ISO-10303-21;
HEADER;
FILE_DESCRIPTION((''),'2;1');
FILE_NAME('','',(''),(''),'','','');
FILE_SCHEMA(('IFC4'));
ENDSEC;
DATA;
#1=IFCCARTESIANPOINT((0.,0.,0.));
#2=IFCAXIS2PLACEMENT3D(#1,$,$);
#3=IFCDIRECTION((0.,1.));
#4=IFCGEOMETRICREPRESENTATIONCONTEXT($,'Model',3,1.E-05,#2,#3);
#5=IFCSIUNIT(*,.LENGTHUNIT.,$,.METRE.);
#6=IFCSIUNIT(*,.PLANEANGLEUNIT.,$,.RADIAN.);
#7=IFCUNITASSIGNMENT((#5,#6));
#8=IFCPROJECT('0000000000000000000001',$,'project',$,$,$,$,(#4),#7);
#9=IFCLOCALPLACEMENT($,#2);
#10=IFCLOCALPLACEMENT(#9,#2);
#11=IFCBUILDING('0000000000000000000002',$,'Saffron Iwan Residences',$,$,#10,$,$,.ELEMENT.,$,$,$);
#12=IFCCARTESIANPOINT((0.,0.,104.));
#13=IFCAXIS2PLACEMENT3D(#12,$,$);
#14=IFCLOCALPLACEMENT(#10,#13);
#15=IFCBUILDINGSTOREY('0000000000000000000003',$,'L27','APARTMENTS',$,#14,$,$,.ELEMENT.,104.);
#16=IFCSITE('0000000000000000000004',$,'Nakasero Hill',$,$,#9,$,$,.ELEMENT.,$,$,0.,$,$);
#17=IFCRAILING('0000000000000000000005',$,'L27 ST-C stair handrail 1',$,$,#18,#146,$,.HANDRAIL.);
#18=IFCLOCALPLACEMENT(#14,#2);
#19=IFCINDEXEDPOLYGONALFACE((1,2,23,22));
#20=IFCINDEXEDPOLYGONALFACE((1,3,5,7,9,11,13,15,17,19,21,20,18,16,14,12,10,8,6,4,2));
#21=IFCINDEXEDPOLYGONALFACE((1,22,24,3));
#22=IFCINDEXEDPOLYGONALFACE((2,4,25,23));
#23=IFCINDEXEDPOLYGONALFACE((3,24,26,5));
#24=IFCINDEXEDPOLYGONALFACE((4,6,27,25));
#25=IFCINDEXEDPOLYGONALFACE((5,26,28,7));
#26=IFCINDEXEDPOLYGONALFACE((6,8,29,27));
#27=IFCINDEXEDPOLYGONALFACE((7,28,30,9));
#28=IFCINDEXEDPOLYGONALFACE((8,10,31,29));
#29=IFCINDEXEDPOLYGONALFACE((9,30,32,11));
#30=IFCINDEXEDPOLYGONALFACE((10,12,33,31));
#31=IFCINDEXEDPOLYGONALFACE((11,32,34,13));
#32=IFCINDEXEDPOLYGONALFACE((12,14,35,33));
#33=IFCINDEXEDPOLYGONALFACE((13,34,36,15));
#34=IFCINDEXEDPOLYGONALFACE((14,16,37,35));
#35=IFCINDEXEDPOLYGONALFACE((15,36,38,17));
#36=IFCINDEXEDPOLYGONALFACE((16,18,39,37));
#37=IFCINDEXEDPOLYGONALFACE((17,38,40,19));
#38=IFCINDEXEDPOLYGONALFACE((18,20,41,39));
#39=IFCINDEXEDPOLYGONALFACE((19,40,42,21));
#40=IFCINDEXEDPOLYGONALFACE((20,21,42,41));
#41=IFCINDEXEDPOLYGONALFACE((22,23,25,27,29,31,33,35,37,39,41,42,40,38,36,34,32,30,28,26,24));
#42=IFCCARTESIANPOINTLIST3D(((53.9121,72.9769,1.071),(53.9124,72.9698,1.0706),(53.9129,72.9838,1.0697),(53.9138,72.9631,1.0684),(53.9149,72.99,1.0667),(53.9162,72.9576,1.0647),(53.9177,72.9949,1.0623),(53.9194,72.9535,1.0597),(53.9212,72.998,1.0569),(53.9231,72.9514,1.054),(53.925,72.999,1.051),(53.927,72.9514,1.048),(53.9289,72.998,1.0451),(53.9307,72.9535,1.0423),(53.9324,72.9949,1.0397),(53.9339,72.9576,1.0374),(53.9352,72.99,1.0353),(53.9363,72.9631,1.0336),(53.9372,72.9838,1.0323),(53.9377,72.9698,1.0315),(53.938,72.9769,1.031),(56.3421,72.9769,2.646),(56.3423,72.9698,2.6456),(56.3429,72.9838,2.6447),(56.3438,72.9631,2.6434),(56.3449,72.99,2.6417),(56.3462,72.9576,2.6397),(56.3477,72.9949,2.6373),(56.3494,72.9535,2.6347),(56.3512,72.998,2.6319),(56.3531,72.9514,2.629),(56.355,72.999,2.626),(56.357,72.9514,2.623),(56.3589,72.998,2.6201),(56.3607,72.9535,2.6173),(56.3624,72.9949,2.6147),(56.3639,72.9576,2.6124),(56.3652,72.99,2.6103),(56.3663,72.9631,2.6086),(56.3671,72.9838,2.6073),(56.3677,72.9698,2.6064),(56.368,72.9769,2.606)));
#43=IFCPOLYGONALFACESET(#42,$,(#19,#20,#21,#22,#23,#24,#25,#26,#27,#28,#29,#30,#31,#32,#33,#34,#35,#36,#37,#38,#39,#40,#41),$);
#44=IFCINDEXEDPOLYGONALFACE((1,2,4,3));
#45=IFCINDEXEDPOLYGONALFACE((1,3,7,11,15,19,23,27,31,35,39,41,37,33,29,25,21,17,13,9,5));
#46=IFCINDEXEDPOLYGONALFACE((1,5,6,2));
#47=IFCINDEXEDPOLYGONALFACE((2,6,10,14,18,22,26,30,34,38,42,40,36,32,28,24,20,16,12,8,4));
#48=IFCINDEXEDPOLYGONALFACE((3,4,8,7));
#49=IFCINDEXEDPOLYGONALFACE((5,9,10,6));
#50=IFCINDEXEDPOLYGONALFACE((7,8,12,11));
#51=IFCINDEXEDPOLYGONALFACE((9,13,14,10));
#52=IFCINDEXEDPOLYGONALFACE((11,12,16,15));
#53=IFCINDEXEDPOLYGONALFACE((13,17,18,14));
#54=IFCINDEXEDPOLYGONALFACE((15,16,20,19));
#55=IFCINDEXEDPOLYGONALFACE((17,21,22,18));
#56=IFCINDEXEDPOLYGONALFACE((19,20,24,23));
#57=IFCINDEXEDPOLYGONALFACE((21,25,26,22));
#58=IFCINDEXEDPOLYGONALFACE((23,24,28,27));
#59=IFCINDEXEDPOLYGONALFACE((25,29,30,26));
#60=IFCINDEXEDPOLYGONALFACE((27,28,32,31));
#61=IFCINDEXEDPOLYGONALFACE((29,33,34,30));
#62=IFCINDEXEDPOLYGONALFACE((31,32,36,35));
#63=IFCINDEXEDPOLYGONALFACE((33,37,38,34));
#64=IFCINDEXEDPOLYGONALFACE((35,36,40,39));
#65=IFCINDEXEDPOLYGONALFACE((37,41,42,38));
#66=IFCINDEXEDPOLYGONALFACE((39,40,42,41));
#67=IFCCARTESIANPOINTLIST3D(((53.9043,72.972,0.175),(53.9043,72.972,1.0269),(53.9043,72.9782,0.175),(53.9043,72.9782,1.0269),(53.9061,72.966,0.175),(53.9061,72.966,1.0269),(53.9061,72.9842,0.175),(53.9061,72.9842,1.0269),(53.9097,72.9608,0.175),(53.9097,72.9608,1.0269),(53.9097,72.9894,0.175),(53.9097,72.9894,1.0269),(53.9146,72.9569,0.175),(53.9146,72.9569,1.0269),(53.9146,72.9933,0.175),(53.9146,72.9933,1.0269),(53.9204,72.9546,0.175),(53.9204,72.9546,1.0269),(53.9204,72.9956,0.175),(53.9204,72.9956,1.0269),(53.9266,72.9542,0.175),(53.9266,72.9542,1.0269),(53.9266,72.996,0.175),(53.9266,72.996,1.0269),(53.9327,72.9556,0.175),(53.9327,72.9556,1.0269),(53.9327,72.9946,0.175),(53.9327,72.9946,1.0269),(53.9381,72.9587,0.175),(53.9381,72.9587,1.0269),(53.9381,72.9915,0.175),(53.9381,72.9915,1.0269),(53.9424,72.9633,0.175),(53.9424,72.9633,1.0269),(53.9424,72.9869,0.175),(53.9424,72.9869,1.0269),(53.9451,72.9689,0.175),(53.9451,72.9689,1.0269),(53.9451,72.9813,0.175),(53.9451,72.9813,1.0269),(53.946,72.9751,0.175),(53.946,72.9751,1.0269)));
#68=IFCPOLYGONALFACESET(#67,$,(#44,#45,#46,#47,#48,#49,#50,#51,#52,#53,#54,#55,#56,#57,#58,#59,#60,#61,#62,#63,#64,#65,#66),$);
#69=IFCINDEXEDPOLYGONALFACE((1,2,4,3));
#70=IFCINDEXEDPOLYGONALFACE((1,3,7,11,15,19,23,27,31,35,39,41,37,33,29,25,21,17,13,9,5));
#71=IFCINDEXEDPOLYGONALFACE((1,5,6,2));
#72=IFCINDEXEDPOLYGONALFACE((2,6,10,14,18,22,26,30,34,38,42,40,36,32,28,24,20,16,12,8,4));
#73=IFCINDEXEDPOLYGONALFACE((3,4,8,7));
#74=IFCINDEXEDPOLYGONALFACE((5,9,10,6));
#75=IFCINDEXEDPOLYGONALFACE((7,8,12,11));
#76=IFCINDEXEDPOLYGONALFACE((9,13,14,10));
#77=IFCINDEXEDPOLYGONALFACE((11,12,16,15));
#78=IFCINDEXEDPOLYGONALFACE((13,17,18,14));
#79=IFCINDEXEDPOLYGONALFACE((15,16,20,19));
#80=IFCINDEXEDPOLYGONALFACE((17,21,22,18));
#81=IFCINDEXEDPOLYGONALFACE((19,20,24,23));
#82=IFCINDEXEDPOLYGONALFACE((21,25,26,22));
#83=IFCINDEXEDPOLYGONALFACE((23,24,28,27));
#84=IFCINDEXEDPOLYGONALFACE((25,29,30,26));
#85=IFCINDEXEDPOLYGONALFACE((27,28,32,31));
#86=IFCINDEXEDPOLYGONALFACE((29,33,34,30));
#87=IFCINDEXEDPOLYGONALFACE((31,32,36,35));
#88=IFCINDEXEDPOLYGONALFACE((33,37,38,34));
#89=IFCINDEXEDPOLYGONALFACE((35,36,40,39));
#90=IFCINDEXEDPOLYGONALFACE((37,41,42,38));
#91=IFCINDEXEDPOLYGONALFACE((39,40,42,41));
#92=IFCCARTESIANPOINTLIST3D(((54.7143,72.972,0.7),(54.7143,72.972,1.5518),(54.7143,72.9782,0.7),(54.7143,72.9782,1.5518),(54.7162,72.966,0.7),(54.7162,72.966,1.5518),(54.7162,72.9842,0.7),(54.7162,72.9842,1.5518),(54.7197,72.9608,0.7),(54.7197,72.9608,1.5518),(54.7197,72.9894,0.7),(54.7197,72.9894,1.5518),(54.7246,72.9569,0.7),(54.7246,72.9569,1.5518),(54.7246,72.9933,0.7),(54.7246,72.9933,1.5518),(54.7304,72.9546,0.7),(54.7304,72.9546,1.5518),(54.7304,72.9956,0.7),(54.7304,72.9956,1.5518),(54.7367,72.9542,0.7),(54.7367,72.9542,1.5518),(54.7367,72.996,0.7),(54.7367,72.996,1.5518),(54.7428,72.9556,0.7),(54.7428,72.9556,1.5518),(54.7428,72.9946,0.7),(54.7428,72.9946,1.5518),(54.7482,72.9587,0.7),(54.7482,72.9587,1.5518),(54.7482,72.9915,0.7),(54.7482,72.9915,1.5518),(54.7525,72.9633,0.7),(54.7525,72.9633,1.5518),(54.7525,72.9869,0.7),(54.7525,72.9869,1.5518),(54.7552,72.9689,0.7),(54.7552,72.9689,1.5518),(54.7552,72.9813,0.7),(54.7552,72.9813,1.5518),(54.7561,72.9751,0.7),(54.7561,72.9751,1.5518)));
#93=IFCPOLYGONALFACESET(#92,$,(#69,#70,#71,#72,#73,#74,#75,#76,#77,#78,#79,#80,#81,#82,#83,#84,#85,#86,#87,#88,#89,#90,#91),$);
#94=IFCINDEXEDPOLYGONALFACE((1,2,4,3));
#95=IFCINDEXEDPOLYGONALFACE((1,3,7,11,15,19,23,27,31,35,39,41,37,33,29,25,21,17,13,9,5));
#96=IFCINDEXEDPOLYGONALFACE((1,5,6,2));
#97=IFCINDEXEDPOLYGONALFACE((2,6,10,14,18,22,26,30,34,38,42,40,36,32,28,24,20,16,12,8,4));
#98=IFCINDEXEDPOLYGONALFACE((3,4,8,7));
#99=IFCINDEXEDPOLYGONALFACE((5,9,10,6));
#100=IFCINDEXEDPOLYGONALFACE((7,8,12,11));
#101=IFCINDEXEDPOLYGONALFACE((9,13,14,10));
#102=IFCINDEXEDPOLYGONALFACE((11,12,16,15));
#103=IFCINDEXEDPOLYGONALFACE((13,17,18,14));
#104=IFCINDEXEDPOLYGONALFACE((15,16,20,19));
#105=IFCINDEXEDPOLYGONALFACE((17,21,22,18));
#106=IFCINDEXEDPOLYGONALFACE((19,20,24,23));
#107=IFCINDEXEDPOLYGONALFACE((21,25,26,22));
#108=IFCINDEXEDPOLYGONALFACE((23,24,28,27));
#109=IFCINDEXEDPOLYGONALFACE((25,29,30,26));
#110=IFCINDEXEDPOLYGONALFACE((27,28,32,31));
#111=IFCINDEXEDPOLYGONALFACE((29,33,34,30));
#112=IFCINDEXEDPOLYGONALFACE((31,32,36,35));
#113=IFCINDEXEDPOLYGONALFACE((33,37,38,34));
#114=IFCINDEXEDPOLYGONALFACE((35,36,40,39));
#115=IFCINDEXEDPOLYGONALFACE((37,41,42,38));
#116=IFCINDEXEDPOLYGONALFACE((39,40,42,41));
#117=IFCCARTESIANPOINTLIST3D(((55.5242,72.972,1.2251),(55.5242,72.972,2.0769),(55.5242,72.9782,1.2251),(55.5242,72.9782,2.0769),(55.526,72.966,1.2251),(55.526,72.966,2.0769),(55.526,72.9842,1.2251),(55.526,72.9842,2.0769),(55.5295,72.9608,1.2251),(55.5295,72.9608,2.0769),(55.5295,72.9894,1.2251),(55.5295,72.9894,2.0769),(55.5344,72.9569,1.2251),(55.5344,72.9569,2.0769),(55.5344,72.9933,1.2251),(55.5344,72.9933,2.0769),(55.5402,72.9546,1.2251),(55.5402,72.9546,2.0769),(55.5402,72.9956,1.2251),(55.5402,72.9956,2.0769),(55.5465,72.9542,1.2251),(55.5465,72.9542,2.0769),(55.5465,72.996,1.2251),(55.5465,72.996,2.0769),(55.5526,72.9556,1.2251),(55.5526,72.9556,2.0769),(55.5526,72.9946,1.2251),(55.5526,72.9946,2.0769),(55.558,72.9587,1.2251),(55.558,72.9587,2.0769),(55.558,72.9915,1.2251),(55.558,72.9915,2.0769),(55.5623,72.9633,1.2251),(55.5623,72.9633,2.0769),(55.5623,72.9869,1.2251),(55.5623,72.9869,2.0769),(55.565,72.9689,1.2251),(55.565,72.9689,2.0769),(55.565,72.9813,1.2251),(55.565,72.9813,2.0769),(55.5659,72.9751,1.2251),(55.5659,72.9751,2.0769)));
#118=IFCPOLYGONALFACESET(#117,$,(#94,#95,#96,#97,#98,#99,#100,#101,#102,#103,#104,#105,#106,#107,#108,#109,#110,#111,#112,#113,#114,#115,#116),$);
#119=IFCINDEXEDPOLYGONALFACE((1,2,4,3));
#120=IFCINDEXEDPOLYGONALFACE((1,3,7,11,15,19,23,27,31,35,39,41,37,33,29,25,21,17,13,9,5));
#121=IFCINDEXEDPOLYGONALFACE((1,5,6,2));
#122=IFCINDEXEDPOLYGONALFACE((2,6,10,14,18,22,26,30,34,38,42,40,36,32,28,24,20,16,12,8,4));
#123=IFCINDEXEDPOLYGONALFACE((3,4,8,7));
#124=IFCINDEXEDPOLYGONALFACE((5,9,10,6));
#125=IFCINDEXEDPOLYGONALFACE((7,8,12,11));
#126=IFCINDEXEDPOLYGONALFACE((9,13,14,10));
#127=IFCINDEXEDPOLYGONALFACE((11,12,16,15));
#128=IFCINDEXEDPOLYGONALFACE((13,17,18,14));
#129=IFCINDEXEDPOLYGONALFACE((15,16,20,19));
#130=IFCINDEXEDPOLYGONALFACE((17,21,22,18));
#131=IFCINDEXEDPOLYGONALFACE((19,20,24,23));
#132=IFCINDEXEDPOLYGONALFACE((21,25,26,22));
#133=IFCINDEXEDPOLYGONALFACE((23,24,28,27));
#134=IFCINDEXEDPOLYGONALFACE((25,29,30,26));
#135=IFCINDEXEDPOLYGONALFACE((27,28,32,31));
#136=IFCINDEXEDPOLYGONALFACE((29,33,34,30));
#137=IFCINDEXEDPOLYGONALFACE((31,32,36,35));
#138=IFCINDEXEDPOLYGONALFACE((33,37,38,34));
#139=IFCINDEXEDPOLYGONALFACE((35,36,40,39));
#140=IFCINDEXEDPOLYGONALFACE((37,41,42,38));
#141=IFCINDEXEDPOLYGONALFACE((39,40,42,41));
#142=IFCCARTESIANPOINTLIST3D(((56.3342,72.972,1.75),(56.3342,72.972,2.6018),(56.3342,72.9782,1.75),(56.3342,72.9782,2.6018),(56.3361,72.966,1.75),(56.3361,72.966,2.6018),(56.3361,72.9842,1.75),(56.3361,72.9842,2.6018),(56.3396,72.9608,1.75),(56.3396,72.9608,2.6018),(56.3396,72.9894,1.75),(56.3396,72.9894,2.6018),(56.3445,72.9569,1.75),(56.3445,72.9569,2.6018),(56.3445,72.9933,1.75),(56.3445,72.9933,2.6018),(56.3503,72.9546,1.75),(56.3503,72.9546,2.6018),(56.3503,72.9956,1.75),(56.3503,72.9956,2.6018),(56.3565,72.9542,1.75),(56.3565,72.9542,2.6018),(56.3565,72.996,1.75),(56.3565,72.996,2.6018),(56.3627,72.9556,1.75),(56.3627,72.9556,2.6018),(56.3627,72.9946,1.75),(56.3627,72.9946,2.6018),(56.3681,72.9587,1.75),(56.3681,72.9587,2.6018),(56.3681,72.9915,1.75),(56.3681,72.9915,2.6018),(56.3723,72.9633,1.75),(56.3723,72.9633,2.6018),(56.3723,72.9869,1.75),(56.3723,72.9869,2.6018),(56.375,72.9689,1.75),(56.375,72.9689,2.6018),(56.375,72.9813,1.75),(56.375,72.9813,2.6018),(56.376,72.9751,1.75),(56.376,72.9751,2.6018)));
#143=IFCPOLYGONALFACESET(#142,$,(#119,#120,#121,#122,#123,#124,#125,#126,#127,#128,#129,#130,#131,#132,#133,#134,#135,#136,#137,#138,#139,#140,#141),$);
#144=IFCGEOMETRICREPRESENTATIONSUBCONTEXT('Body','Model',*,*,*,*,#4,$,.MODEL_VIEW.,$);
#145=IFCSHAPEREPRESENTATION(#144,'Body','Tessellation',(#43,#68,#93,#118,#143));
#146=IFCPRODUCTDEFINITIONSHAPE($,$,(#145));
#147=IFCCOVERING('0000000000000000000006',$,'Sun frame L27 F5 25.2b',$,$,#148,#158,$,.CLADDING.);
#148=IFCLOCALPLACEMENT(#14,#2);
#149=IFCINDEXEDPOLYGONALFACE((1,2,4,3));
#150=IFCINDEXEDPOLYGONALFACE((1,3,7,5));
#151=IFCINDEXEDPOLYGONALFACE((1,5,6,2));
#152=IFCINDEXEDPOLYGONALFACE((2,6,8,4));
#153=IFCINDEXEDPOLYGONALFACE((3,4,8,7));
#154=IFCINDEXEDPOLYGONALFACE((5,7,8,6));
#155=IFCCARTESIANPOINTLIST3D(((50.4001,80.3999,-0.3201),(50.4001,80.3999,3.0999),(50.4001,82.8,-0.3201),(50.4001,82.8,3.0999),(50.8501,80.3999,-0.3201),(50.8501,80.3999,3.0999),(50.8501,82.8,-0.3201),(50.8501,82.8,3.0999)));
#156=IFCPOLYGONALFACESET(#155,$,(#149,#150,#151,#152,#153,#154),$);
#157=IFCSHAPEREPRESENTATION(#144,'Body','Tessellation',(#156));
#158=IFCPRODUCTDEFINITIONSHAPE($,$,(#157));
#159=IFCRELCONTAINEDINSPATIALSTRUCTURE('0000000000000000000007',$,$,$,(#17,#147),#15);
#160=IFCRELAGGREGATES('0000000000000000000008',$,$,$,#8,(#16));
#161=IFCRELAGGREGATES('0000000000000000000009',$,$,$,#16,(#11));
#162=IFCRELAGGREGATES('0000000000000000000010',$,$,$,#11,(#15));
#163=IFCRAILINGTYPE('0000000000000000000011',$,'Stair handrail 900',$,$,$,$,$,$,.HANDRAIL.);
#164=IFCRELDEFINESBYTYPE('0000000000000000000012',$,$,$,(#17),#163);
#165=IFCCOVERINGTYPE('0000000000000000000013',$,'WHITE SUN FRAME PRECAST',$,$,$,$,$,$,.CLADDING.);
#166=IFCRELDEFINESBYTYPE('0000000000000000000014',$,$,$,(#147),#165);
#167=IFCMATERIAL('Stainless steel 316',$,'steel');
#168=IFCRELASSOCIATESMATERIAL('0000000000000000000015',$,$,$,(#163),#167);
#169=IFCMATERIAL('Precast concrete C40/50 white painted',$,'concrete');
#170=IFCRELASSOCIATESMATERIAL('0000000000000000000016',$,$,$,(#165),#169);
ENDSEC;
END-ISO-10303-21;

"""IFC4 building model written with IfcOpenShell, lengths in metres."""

from ifc_helpers import new_model, si_unit, direction, frame, origin, origin_2d, place, context, subcontext, project, spatial, polyline, circle, outline, extrude, material, type_object, element, save


model = new_model("IFC4")

# Units and contexts
model_context = context("Model", 3, precision=1e-05, world=origin(), true_north=direction((0.0, 1.0)))
body_context = subcontext(model_context, "Body", "Model", "MODEL_VIEW")
ifc_project = project(units=[si_unit("LENGTHUNIT", "METRE"), si_unit("PLANEANGLEUNIT", "RADIAN")], contexts=[model_context])

# Site, building, storey
site_placement = place(None, origin())
site = spatial("IfcSite", under=ifc_project, at=site_placement, Name="Nakasero Hill", CompositionType="ELEMENT", RefElevation=0.0)
building_placement = place(site_placement, origin())
building = spatial("IfcBuilding", under=site, at=building_placement, Name="Saffron Iwan Residences", CompositionType="ELEMENT")
storey_placement = place(building_placement, frame((0.0, 0.0, 104.0)))
storey = spatial("IfcBuildingStorey", under=building, at=storey_placement, Name="L27", Description="APARTMENTS", CompositionType="ELEMENT", Elevation=104.0)

# Railing
ifc_material_1 = material(Name="Stainless steel 316", Category="steel")
railing_type_1 = type_object("IfcRailingType", Name="Stair handrail 900", PredefinedType="HANDRAIL", material=ifc_material_1)
railing_1_placement = place(storey_placement, frame((53.925, 72.9751, 0.175)))
element("IfcRailing", 1, at=railing_1_placement, inside=storey, type_object=railing_type_1, Name="L27 ST-C stair handrail 1", PredefinedType="HANDRAIL", context=body_context, shape_type="SweptSolid", body=[
    extrude(circle(Radius=0.0239, at=origin_2d()), frame((0.0, 0.0, 0.876), z_axis=(0.839154, 0.0, 0.543894), x_axis=(0.0, 1.0, 0.0)), (0.0, 0.0, 1.0), 2.8958),
    extrude(circle(Radius=0.021, at=origin_2d()), origin(), (0.0, 0.0, 1.0), 0.8518),
    extrude(circle(Radius=0.021, at=origin_2d()), frame((0.8101, 0.0, 0.5249)), (0.0, 0.0, 1.0), 0.8518),
    extrude(circle(Radius=0.021, at=origin_2d()), frame((1.6199, 0.0, 1.05)), (0.0, 0.0, 1.0), 0.8518),
    extrude(circle(Radius=0.021, at=origin_2d()), frame((2.4299, 0.0, 1.575)), (0.0, 0.0, 1.0), 0.8518),
])

# Covering
ifc_material_2 = material(Name="Precast concrete C40/50 white painted", Category="concrete")
covering_type_1 = type_object("IfcCoveringType", Name="WHITE SUN FRAME PRECAST", PredefinedType="CLADDING", material=ifc_material_2)
covering_1_placement = place(storey_placement, frame((50.8501, 80.3999, -0.3201), z_axis=(0.0, 1.0, 0.0), x_axis=(-1.0, 0.0, 0.0)))
element("IfcCovering", 2, at=covering_1_placement, inside=storey, type_object=covering_type_1, Name="Sun frame L27 F5 25.2b", PredefinedType="CLADDING", context=body_context, shape_type="SweptSolid", body=[
    extrude(outline(polyline([(0.0, 0.0), (0.45, 0.0), (0.45, 3.4199), (0.0, 3.4199), (0.0, 0.0)])), origin(), (0.0, 0.0, 1.0), 2.4001),
])

save(model, "model.ifc")
